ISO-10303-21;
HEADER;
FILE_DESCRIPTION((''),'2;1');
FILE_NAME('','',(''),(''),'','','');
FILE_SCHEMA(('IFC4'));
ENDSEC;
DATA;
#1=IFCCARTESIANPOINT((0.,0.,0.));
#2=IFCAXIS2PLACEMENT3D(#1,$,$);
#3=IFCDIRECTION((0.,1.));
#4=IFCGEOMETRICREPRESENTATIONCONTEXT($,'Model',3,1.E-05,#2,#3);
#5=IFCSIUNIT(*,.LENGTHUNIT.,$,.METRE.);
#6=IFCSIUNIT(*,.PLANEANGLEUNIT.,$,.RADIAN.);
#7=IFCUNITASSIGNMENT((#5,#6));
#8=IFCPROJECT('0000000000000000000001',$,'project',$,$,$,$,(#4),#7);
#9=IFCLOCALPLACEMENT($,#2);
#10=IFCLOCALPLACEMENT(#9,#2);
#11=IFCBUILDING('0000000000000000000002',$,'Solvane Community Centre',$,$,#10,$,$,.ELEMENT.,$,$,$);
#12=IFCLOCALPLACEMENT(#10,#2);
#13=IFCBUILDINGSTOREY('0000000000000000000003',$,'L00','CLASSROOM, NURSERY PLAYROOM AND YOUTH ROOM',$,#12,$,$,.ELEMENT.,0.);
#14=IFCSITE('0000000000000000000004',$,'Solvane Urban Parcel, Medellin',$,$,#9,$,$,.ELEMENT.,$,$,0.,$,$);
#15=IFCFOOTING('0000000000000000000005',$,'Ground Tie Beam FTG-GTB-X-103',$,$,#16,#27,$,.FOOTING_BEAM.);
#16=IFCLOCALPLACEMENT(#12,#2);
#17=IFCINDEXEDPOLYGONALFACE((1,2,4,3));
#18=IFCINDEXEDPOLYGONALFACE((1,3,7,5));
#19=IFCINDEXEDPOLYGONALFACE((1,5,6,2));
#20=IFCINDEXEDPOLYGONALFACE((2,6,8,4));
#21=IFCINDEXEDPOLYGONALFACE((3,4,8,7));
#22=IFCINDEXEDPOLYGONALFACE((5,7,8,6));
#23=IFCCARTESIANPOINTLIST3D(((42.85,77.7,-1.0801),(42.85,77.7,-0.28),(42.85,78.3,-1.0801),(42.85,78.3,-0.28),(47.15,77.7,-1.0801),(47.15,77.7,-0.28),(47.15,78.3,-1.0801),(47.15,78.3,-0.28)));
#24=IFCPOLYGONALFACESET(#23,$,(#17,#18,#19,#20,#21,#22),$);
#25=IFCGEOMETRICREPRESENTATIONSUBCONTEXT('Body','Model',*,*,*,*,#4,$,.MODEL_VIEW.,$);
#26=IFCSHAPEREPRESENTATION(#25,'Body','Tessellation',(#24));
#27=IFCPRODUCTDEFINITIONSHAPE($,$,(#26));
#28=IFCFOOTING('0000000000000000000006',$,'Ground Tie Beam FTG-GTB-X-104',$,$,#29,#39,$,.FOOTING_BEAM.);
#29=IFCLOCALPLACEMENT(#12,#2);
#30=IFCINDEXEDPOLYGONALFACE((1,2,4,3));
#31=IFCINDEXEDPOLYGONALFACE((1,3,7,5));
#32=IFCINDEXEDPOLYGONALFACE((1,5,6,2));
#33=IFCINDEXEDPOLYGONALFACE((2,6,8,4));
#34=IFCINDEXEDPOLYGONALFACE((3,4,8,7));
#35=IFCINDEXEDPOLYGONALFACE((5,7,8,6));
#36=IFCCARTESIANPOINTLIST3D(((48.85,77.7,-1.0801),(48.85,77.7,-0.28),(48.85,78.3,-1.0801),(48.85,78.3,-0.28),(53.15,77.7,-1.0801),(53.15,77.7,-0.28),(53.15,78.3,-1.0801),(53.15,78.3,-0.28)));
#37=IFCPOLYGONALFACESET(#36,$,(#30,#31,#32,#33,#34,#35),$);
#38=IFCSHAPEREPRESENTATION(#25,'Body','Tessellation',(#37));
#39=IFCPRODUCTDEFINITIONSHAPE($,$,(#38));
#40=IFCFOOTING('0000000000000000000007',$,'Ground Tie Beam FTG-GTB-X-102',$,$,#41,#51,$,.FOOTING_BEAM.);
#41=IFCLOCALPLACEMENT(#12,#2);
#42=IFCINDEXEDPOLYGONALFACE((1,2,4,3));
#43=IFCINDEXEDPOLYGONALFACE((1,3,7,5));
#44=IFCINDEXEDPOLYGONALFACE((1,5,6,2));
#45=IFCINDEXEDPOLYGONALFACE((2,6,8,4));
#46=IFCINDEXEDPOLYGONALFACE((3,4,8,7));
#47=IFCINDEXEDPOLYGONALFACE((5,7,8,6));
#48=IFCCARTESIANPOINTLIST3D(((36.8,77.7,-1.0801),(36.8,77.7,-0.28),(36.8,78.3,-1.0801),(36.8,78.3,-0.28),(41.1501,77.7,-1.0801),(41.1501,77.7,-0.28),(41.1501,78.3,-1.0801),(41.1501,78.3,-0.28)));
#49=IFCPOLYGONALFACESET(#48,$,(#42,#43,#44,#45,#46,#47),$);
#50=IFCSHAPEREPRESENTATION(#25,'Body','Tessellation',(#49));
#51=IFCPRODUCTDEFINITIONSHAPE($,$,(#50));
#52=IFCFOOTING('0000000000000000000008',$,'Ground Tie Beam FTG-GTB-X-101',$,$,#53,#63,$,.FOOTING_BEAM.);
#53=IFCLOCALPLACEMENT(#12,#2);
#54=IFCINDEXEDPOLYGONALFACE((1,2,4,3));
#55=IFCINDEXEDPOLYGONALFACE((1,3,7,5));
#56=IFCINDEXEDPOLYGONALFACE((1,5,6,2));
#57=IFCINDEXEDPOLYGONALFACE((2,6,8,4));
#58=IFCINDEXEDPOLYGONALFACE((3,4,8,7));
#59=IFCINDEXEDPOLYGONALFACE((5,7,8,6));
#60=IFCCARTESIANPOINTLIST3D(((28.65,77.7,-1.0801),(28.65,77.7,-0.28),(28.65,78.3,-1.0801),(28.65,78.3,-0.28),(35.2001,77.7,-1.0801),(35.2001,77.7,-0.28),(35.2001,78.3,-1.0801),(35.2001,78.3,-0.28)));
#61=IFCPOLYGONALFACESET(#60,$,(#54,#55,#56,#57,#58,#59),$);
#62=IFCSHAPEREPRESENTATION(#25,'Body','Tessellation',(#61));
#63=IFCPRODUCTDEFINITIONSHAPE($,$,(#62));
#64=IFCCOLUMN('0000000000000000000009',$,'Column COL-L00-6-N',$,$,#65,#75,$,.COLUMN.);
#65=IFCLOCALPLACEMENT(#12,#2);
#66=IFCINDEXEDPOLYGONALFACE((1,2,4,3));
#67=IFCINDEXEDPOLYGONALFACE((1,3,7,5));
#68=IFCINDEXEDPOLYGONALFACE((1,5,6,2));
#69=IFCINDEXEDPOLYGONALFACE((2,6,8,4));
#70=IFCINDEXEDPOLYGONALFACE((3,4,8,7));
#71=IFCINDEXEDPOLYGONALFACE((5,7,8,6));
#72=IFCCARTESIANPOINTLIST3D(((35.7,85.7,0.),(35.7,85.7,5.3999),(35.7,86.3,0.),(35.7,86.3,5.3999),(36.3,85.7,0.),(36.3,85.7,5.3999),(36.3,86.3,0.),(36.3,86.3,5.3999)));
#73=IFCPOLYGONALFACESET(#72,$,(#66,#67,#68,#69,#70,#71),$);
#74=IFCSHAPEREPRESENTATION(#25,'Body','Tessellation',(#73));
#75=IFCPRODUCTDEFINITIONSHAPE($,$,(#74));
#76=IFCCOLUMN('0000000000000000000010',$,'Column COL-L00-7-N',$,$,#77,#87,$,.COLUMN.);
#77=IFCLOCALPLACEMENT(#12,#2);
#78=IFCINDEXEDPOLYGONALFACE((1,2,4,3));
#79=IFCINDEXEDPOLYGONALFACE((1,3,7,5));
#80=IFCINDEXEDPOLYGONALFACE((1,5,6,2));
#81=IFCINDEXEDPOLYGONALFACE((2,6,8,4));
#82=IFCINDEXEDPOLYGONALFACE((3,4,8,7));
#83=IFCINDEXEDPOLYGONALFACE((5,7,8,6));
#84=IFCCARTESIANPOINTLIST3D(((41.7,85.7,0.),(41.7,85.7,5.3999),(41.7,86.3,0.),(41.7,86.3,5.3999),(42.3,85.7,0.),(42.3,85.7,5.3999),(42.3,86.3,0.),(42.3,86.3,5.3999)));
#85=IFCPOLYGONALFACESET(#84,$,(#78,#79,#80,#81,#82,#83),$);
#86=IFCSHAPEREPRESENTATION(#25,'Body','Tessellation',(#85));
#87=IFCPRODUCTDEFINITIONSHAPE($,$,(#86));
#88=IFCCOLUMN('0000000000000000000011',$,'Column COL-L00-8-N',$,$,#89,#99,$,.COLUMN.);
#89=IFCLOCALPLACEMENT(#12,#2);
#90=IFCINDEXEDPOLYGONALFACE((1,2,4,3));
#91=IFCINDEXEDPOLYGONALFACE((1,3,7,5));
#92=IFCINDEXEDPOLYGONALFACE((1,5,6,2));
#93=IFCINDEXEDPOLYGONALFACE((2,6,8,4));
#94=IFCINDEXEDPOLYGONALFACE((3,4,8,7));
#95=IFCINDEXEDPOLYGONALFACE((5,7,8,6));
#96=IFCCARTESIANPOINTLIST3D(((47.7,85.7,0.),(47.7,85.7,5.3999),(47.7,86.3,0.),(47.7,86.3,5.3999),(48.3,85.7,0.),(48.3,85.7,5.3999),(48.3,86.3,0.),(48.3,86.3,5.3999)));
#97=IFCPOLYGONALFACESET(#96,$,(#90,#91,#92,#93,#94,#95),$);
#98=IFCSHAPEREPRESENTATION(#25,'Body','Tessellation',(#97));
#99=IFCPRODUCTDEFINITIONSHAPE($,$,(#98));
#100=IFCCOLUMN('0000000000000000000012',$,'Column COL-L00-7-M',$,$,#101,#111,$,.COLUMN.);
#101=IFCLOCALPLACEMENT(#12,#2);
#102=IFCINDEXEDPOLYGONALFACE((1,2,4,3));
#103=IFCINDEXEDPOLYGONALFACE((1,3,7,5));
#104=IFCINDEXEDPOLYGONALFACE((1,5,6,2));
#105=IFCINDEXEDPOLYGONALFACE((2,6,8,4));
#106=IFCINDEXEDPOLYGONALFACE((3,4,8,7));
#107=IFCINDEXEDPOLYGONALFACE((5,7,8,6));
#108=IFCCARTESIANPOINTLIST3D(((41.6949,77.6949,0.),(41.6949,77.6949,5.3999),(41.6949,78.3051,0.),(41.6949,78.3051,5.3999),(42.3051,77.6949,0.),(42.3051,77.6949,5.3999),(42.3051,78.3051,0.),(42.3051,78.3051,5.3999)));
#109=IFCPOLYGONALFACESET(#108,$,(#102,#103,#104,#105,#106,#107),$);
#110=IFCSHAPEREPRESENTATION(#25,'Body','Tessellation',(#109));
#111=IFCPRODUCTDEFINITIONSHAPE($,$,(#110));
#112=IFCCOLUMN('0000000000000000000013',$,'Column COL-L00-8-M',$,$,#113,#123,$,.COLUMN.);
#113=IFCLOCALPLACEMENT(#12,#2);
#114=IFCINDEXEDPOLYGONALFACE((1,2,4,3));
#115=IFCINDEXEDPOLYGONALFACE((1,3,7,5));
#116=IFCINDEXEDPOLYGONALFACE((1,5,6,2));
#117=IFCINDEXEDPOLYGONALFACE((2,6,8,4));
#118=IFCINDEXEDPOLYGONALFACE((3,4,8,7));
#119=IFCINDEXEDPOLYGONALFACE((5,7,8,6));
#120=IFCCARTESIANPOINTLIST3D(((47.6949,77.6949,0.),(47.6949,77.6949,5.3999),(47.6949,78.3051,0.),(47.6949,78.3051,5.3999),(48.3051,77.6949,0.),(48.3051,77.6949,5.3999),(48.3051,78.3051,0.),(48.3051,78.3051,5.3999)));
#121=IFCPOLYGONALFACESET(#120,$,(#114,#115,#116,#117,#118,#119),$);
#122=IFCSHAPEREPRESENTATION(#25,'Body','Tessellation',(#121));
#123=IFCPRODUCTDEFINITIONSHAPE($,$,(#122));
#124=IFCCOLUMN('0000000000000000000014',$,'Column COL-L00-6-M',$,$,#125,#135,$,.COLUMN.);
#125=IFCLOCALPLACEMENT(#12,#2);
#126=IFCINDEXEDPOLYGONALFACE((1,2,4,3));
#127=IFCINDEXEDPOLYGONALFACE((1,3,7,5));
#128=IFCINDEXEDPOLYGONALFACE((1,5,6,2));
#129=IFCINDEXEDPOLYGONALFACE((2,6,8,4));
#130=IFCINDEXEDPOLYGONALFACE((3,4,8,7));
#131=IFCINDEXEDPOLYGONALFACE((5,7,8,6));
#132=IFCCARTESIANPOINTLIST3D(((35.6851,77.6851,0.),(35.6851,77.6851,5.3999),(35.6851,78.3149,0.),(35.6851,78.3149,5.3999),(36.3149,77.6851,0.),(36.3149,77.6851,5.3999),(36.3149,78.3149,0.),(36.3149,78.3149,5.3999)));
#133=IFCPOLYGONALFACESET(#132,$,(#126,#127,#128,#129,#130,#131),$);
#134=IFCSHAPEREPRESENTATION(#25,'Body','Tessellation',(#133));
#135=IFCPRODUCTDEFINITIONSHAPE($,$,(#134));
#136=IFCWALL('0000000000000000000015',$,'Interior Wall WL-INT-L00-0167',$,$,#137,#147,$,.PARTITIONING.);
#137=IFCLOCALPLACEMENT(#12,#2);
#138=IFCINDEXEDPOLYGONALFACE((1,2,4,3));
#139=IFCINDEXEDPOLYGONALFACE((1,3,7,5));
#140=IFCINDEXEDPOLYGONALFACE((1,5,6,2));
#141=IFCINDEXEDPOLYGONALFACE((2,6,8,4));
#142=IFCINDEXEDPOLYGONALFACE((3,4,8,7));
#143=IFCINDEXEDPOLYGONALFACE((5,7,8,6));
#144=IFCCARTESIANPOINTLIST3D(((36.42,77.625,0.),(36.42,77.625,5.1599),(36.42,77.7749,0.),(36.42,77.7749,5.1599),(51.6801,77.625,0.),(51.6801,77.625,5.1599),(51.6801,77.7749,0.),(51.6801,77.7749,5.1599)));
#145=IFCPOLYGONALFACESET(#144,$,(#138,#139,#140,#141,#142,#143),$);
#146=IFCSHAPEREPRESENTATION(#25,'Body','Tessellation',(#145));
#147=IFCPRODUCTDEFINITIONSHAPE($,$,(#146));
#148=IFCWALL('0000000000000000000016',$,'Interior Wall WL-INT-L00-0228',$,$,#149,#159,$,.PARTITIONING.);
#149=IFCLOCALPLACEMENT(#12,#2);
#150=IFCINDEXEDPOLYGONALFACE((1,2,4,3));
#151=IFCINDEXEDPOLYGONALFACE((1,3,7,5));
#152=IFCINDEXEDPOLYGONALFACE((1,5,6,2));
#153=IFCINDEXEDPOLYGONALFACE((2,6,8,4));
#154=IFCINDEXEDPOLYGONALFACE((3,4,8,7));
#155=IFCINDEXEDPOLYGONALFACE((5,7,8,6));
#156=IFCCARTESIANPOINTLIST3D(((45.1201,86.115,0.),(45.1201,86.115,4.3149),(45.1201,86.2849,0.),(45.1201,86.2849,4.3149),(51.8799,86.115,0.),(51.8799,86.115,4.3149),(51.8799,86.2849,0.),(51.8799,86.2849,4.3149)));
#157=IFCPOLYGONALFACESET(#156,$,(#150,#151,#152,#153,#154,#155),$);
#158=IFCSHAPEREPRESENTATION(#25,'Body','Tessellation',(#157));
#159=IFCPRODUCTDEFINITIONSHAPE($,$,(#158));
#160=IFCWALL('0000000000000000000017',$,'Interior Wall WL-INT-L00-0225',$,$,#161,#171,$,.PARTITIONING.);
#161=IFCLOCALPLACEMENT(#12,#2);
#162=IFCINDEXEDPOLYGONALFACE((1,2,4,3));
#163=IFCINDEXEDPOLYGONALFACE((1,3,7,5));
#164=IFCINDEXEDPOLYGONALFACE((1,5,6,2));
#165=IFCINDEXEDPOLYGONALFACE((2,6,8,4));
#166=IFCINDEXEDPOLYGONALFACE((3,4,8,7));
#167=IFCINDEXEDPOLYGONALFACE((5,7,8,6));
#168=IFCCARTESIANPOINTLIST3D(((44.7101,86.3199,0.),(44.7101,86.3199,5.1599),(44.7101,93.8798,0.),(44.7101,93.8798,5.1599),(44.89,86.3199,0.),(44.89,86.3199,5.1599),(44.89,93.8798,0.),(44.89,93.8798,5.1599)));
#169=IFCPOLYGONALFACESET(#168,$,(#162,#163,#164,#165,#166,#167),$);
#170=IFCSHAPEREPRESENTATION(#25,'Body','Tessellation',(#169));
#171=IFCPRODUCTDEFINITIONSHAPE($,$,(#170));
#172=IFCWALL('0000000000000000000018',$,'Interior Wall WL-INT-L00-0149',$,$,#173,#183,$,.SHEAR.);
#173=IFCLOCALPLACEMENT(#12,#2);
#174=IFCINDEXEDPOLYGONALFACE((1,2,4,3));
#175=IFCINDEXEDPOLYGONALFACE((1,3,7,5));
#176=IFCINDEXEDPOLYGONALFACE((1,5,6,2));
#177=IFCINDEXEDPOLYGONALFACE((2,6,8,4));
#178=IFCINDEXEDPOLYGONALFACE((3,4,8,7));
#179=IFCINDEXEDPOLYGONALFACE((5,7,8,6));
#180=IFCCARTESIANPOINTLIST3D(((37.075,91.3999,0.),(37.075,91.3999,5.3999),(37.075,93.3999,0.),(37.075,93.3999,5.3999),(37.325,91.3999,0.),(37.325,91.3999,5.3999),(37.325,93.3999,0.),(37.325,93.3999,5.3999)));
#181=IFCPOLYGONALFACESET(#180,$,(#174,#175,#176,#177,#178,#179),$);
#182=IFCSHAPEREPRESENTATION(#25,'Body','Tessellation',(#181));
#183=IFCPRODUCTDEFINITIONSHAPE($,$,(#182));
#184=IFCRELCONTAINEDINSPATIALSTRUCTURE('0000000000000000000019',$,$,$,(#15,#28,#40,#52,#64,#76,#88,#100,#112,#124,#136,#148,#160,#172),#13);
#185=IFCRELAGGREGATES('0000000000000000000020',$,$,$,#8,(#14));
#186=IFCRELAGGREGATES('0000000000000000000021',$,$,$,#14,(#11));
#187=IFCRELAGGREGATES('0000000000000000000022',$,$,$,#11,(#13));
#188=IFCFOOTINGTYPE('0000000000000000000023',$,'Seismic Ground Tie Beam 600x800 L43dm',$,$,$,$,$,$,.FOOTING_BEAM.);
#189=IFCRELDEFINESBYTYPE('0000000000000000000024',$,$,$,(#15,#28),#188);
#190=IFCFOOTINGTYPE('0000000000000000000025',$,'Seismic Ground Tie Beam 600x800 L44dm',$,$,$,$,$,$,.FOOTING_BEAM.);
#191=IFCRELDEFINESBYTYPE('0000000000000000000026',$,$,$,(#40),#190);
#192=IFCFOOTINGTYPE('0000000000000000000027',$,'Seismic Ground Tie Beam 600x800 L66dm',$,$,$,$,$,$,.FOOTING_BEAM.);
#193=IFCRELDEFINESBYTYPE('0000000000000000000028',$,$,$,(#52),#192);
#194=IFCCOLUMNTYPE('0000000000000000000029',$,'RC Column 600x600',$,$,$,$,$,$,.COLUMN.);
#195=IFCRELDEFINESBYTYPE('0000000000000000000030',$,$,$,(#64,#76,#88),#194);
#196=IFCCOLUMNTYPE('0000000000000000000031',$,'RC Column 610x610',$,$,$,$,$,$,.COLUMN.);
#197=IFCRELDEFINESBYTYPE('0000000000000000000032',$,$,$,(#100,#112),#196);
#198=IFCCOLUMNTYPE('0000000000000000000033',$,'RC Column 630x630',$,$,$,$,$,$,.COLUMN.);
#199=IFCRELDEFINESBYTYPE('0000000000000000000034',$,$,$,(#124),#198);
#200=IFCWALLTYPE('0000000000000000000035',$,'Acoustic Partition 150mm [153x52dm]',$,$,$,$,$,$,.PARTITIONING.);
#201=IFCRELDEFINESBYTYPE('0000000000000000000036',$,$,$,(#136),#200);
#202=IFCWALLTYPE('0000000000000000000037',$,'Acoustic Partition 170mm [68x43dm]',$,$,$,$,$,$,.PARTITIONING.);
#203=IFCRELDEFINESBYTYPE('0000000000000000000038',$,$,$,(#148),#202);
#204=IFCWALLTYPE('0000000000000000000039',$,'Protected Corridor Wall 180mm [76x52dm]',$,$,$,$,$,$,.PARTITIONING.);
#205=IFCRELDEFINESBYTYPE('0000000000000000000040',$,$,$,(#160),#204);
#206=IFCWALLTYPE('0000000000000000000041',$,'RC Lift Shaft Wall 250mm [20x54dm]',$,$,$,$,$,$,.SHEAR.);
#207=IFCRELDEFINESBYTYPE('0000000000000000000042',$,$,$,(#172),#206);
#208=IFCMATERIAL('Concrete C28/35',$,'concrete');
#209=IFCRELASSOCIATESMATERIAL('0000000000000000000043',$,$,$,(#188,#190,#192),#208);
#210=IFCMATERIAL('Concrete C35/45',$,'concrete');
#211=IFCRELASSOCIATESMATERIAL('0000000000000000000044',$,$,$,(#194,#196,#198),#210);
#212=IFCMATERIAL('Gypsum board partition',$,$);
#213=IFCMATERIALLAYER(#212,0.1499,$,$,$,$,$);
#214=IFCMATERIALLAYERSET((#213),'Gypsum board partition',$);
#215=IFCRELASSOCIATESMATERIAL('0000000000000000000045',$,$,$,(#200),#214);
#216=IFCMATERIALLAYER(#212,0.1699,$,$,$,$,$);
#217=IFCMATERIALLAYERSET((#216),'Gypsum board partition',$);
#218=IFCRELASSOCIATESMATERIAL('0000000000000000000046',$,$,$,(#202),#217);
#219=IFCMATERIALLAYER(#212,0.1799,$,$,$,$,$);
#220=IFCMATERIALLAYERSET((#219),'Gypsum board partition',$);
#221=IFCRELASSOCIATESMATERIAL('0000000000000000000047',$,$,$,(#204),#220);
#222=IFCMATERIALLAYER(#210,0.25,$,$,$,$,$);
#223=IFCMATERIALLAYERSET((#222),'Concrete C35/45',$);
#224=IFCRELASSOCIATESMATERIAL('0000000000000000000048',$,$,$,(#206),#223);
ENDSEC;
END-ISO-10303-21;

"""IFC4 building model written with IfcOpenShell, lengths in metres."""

from ifc_helpers import new_model, si_unit, direction, frame, frame_2d, origin, origin_2d, place, context, subcontext, project, spatial, rectangle, extrude, material, layer, layer_set, material_profile, profile_set, type_object, element, save


model = new_model("IFC4")

# Units and contexts
model_context = context("Model", 3, precision=1e-05, world=origin(), true_north=direction((0.0, 1.0)))
body_context = subcontext(model_context, "Body", "Model", "MODEL_VIEW")
ifc_project = project(units=[si_unit("LENGTHUNIT", "METRE"), si_unit("PLANEANGLEUNIT", "RADIAN")], contexts=[model_context])

# Site, building, storey
site_placement = place(None, origin())
site = spatial("IfcSite", under=ifc_project, at=site_placement, Name="Solvane Urban Parcel, Medellin", CompositionType="ELEMENT", RefElevation=0.0)
building_placement = place(site_placement, origin())
building = spatial("IfcBuilding", under=site, at=building_placement, Name="Solvane Community Centre", CompositionType="ELEMENT")
storey_placement = place(building_placement, origin())
storey = spatial("IfcBuildingStorey", under=building, at=storey_placement, Name="L00", Description="CLASSROOM, NURSERY PLAYROOM AND YOUTH ROOM", CompositionType="ELEMENT", Elevation=0.0)

# Shared definitions
ifc_material_1 = material(Name="Concrete C28/35", Category="concrete")

# Footings
footing_type_1 = type_object("IfcFootingType", Name="Seismic Ground Tie Beam 600x800 L43dm", PredefinedType="FOOTING_BEAM", material=ifc_material_1)
for number, where, z_axis, x_axis, name in (
    (1, (45.0, 78.0, -1.0801), (0.0, 0.0, 1.0), (1.0, 0.0, 0.0), "Ground Tie Beam FTG-GTB-X-103"),
    (2, (51.0, 78.0, -1.0801), (0.0, 0.0, 1.0), (1.0, 0.0, 0.0), "Ground Tie Beam FTG-GTB-X-104"),
):
    element("IfcFooting", number, at=place(storey_placement, frame(where, z_axis=z_axis, x_axis=x_axis)), inside=storey, type_object=footing_type_1, Name=name, PredefinedType="FOOTING_BEAM", context=body_context, shape_type="SweptSolid", body=[
        extrude(rectangle(XDim=4.3, YDim=0.6001, at=origin_2d()), origin(), (0.0, 0.0, 1.0), 0.8),
    ])
footing_type_2 = type_object("IfcFootingType", Name="Seismic Ground Tie Beam 600x800 L44dm", PredefinedType="FOOTING_BEAM", material=ifc_material_1)
footing_1_placement = place(storey_placement, frame((38.9751, 78.0, -1.0801), z_axis=(0.0, 0.0, 1.0), x_axis=(1.0, 0.0, 0.0)))
element("IfcFooting", 3, at=footing_1_placement, inside=storey, type_object=footing_type_2, Name="Ground Tie Beam FTG-GTB-X-102", PredefinedType="FOOTING_BEAM", context=body_context, shape_type="SweptSolid", body=[
    extrude(rectangle(XDim=4.3501, YDim=0.6001, at=origin_2d()), origin(), (0.0, 0.0, 1.0), 0.8),
])
footing_type_3 = type_object("IfcFootingType", Name="Seismic Ground Tie Beam 600x800 L66dm", PredefinedType="FOOTING_BEAM", material=ifc_material_1)
footing_2_placement = place(storey_placement, frame((31.925, 78.0, -1.0801), z_axis=(0.0, 0.0, 1.0), x_axis=(1.0, 0.0, 0.0)))
element("IfcFooting", 4, at=footing_2_placement, inside=storey, type_object=footing_type_3, Name="Ground Tie Beam FTG-GTB-X-101", PredefinedType="FOOTING_BEAM", context=body_context, shape_type="SweptSolid", body=[
    extrude(rectangle(XDim=6.55, YDim=0.6001, at=origin_2d()), origin(), (0.0, 0.0, 1.0), 0.8),
])

# Columns
ifc_material_2 = material(Name="Concrete C35/45", Category="concrete")
ifc_material_profile_1 = material_profile(ifc_material_2, rectangle(XDim=0.6001, YDim=0.6001, at=origin_2d()), Name="RC 600x600")
ifc_profile_set_1 = profile_set([ifc_material_profile_1], Name="Concrete C35/45")
column_type_1 = type_object("IfcColumnType", Name="RC Column 600x600", PredefinedType="COLUMN", material=ifc_profile_set_1)
for number, where, z_axis, x_axis, name in (
    (5, (36.0, 86.0, 0.0), (0.0, 0.0, 1.0), (1.0, 0.0, 0.0), "Column COL-L00-6-N"),
    (6, (42.0, 86.0, 0.0), (0.0, 0.0, 1.0), (1.0, 0.0, 0.0), "Column COL-L00-7-N"),
    (7, (48.0, 86.0, 0.0), (0.0, 0.0, 1.0), (1.0, 0.0, 0.0), "Column COL-L00-8-N"),
):
    element("IfcColumn", number, at=place(storey_placement, frame(where, z_axis=z_axis, x_axis=x_axis)), inside=storey, type_object=column_type_1, Name=name, PredefinedType="COLUMN", context=body_context, shape_type="SweptSolid", body=[
        extrude(rectangle(XDim=0.6001, YDim=0.6001, at=origin_2d()), origin(), (0.0, 0.0, 1.0), 5.3999),
    ])
ifc_material_profile_2 = material_profile(ifc_material_2, rectangle(XDim=0.6101, YDim=0.6101, at=origin_2d()), Name="RC 610x610")
ifc_profile_set_2 = profile_set([ifc_material_profile_2], Name="Concrete C35/45")
column_type_2 = type_object("IfcColumnType", Name="RC Column 610x610", PredefinedType="COLUMN", material=ifc_profile_set_2)
for number, where, z_axis, x_axis, name in (
    (8, (42.0, 78.0, 0.0), (0.0, 0.0, 1.0), (1.0, 0.0, 0.0), "Column COL-L00-7-M"),
    (9, (48.0, 78.0, 0.0), (0.0, 0.0, 1.0), (1.0, 0.0, 0.0), "Column COL-L00-8-M"),
):
    element("IfcColumn", number, at=place(storey_placement, frame(where, z_axis=z_axis, x_axis=x_axis)), inside=storey, type_object=column_type_2, Name=name, PredefinedType="COLUMN", context=body_context, shape_type="SweptSolid", body=[
        extrude(rectangle(XDim=0.6101, YDim=0.6101, at=origin_2d()), origin(), (0.0, 0.0, 1.0), 5.3999),
    ])
ifc_material_profile_3 = material_profile(ifc_material_2, rectangle(XDim=0.6299, YDim=0.6299, at=origin_2d()), Name="RC 630x630")
ifc_profile_set_3 = profile_set([ifc_material_profile_3], Name="Concrete C35/45")
column_type_3 = type_object("IfcColumnType", Name="RC Column 630x630", PredefinedType="COLUMN", material=ifc_profile_set_3)
column_placement = place(storey_placement, frame((36.0, 78.0, 0.0), z_axis=(0.0, 0.0, 1.0), x_axis=(1.0, 0.0, 0.0)))
element("IfcColumn", 10, at=column_placement, inside=storey, type_object=column_type_3, Name="Column COL-L00-6-M", PredefinedType="COLUMN", context=body_context, shape_type="SweptSolid", body=[
    extrude(rectangle(XDim=0.6299, YDim=0.6299, at=origin_2d()), origin(), (0.0, 0.0, 1.0), 5.3999),
])

# Walls
ifc_material_3 = material(Name="Gypsum board partition")
ifc_layer_1 = layer(ifc_material_3, 0.1499)
ifc_layer_set_1 = layer_set([ifc_layer_1], Name="Gypsum board partition")
wall_type_1 = type_object("IfcWallType", Name="Acoustic Partition 150mm [153x52dm]", PredefinedType="PARTITIONING", material=ifc_layer_set_1)
wall_1_placement = place(storey_placement, frame((51.6799, 77.7, 0.0), z_axis=(0.0, 0.0, 1.0), x_axis=(-1.0, 0.0, 0.0)))
element("IfcWall", 11, at=wall_1_placement, inside=storey, type_object=wall_type_1, Name="Interior Wall WL-INT-L00-0167", PredefinedType="PARTITIONING", context=body_context, shape_type="SweptSolid", body=[
    extrude(rectangle(XDim=15.26, YDim=0.1499, at=frame_2d((7.6299, 0.0))), origin(), (0.0, 0.0, 1.0), 5.1599),
])
ifc_layer_2 = layer(ifc_material_3, 0.1699)
ifc_layer_set_2 = layer_set([ifc_layer_2], Name="Gypsum board partition")
wall_type_2 = type_object("IfcWallType", Name="Acoustic Partition 170mm [68x43dm]", PredefinedType="PARTITIONING", material=ifc_layer_set_2)
wall_2_placement = place(storey_placement, frame((45.1201, 86.2, 0.0), z_axis=(0.0, 0.0, 1.0), x_axis=(1.0, 0.0, 0.0)))
element("IfcWall", 12, at=wall_2_placement, inside=storey, type_object=wall_type_2, Name="Interior Wall WL-INT-L00-0228", PredefinedType="PARTITIONING", context=body_context, shape_type="SweptSolid", body=[
    extrude(rectangle(XDim=6.7598, YDim=0.1699, at=frame_2d((3.3799, 0.0))), origin(), (0.0, 0.0, 1.0), 4.3149),
])
ifc_layer_3 = layer(ifc_material_3, 0.1799)
ifc_layer_set_3 = layer_set([ifc_layer_3], Name="Gypsum board partition")
wall_type_3 = type_object("IfcWallType", Name="Protected Corridor Wall 180mm [76x52dm]", PredefinedType="PARTITIONING", material=ifc_layer_set_3)
wall_3_placement = place(storey_placement, frame((44.8, 86.3201, 0.0), z_axis=(0.0, 0.0, 1.0), x_axis=(0.0, 1.0, 0.0)))
element("IfcWall", 13, at=wall_3_placement, inside=storey, type_object=wall_type_3, Name="Interior Wall WL-INT-L00-0225", PredefinedType="PARTITIONING", context=body_context, shape_type="SweptSolid", body=[
    extrude(rectangle(XDim=7.5598, YDim=0.1799, at=frame_2d((3.7798, 0.0))), origin(), (0.0, 0.0, 1.0), 5.1599),
])
ifc_layer_4 = layer(ifc_material_2, 0.25)
ifc_layer_set_4 = layer_set([ifc_layer_4], Name="Concrete C35/45")
wall_type_4 = type_object("IfcWallType", Name="RC Lift Shaft Wall 250mm [20x54dm]", PredefinedType="SHEAR", material=ifc_layer_set_4)
wall_4_placement = place(storey_placement, frame((37.2, 91.3999, 0.0), z_axis=(0.0, 0.0, 1.0), x_axis=(0.0, 1.0, 0.0)))
element("IfcWall", 14, at=wall_4_placement, inside=storey, type_object=wall_type_4, Name="Interior Wall WL-INT-L00-0149", PredefinedType="SHEAR", context=body_context, shape_type="SweptSolid", body=[
    extrude(rectangle(XDim=2.0, YDim=0.25, at=frame_2d((1.0, 0.0))), origin(), (0.0, 0.0, 1.0), 5.3999),
])

save(model, "model.ifc")
